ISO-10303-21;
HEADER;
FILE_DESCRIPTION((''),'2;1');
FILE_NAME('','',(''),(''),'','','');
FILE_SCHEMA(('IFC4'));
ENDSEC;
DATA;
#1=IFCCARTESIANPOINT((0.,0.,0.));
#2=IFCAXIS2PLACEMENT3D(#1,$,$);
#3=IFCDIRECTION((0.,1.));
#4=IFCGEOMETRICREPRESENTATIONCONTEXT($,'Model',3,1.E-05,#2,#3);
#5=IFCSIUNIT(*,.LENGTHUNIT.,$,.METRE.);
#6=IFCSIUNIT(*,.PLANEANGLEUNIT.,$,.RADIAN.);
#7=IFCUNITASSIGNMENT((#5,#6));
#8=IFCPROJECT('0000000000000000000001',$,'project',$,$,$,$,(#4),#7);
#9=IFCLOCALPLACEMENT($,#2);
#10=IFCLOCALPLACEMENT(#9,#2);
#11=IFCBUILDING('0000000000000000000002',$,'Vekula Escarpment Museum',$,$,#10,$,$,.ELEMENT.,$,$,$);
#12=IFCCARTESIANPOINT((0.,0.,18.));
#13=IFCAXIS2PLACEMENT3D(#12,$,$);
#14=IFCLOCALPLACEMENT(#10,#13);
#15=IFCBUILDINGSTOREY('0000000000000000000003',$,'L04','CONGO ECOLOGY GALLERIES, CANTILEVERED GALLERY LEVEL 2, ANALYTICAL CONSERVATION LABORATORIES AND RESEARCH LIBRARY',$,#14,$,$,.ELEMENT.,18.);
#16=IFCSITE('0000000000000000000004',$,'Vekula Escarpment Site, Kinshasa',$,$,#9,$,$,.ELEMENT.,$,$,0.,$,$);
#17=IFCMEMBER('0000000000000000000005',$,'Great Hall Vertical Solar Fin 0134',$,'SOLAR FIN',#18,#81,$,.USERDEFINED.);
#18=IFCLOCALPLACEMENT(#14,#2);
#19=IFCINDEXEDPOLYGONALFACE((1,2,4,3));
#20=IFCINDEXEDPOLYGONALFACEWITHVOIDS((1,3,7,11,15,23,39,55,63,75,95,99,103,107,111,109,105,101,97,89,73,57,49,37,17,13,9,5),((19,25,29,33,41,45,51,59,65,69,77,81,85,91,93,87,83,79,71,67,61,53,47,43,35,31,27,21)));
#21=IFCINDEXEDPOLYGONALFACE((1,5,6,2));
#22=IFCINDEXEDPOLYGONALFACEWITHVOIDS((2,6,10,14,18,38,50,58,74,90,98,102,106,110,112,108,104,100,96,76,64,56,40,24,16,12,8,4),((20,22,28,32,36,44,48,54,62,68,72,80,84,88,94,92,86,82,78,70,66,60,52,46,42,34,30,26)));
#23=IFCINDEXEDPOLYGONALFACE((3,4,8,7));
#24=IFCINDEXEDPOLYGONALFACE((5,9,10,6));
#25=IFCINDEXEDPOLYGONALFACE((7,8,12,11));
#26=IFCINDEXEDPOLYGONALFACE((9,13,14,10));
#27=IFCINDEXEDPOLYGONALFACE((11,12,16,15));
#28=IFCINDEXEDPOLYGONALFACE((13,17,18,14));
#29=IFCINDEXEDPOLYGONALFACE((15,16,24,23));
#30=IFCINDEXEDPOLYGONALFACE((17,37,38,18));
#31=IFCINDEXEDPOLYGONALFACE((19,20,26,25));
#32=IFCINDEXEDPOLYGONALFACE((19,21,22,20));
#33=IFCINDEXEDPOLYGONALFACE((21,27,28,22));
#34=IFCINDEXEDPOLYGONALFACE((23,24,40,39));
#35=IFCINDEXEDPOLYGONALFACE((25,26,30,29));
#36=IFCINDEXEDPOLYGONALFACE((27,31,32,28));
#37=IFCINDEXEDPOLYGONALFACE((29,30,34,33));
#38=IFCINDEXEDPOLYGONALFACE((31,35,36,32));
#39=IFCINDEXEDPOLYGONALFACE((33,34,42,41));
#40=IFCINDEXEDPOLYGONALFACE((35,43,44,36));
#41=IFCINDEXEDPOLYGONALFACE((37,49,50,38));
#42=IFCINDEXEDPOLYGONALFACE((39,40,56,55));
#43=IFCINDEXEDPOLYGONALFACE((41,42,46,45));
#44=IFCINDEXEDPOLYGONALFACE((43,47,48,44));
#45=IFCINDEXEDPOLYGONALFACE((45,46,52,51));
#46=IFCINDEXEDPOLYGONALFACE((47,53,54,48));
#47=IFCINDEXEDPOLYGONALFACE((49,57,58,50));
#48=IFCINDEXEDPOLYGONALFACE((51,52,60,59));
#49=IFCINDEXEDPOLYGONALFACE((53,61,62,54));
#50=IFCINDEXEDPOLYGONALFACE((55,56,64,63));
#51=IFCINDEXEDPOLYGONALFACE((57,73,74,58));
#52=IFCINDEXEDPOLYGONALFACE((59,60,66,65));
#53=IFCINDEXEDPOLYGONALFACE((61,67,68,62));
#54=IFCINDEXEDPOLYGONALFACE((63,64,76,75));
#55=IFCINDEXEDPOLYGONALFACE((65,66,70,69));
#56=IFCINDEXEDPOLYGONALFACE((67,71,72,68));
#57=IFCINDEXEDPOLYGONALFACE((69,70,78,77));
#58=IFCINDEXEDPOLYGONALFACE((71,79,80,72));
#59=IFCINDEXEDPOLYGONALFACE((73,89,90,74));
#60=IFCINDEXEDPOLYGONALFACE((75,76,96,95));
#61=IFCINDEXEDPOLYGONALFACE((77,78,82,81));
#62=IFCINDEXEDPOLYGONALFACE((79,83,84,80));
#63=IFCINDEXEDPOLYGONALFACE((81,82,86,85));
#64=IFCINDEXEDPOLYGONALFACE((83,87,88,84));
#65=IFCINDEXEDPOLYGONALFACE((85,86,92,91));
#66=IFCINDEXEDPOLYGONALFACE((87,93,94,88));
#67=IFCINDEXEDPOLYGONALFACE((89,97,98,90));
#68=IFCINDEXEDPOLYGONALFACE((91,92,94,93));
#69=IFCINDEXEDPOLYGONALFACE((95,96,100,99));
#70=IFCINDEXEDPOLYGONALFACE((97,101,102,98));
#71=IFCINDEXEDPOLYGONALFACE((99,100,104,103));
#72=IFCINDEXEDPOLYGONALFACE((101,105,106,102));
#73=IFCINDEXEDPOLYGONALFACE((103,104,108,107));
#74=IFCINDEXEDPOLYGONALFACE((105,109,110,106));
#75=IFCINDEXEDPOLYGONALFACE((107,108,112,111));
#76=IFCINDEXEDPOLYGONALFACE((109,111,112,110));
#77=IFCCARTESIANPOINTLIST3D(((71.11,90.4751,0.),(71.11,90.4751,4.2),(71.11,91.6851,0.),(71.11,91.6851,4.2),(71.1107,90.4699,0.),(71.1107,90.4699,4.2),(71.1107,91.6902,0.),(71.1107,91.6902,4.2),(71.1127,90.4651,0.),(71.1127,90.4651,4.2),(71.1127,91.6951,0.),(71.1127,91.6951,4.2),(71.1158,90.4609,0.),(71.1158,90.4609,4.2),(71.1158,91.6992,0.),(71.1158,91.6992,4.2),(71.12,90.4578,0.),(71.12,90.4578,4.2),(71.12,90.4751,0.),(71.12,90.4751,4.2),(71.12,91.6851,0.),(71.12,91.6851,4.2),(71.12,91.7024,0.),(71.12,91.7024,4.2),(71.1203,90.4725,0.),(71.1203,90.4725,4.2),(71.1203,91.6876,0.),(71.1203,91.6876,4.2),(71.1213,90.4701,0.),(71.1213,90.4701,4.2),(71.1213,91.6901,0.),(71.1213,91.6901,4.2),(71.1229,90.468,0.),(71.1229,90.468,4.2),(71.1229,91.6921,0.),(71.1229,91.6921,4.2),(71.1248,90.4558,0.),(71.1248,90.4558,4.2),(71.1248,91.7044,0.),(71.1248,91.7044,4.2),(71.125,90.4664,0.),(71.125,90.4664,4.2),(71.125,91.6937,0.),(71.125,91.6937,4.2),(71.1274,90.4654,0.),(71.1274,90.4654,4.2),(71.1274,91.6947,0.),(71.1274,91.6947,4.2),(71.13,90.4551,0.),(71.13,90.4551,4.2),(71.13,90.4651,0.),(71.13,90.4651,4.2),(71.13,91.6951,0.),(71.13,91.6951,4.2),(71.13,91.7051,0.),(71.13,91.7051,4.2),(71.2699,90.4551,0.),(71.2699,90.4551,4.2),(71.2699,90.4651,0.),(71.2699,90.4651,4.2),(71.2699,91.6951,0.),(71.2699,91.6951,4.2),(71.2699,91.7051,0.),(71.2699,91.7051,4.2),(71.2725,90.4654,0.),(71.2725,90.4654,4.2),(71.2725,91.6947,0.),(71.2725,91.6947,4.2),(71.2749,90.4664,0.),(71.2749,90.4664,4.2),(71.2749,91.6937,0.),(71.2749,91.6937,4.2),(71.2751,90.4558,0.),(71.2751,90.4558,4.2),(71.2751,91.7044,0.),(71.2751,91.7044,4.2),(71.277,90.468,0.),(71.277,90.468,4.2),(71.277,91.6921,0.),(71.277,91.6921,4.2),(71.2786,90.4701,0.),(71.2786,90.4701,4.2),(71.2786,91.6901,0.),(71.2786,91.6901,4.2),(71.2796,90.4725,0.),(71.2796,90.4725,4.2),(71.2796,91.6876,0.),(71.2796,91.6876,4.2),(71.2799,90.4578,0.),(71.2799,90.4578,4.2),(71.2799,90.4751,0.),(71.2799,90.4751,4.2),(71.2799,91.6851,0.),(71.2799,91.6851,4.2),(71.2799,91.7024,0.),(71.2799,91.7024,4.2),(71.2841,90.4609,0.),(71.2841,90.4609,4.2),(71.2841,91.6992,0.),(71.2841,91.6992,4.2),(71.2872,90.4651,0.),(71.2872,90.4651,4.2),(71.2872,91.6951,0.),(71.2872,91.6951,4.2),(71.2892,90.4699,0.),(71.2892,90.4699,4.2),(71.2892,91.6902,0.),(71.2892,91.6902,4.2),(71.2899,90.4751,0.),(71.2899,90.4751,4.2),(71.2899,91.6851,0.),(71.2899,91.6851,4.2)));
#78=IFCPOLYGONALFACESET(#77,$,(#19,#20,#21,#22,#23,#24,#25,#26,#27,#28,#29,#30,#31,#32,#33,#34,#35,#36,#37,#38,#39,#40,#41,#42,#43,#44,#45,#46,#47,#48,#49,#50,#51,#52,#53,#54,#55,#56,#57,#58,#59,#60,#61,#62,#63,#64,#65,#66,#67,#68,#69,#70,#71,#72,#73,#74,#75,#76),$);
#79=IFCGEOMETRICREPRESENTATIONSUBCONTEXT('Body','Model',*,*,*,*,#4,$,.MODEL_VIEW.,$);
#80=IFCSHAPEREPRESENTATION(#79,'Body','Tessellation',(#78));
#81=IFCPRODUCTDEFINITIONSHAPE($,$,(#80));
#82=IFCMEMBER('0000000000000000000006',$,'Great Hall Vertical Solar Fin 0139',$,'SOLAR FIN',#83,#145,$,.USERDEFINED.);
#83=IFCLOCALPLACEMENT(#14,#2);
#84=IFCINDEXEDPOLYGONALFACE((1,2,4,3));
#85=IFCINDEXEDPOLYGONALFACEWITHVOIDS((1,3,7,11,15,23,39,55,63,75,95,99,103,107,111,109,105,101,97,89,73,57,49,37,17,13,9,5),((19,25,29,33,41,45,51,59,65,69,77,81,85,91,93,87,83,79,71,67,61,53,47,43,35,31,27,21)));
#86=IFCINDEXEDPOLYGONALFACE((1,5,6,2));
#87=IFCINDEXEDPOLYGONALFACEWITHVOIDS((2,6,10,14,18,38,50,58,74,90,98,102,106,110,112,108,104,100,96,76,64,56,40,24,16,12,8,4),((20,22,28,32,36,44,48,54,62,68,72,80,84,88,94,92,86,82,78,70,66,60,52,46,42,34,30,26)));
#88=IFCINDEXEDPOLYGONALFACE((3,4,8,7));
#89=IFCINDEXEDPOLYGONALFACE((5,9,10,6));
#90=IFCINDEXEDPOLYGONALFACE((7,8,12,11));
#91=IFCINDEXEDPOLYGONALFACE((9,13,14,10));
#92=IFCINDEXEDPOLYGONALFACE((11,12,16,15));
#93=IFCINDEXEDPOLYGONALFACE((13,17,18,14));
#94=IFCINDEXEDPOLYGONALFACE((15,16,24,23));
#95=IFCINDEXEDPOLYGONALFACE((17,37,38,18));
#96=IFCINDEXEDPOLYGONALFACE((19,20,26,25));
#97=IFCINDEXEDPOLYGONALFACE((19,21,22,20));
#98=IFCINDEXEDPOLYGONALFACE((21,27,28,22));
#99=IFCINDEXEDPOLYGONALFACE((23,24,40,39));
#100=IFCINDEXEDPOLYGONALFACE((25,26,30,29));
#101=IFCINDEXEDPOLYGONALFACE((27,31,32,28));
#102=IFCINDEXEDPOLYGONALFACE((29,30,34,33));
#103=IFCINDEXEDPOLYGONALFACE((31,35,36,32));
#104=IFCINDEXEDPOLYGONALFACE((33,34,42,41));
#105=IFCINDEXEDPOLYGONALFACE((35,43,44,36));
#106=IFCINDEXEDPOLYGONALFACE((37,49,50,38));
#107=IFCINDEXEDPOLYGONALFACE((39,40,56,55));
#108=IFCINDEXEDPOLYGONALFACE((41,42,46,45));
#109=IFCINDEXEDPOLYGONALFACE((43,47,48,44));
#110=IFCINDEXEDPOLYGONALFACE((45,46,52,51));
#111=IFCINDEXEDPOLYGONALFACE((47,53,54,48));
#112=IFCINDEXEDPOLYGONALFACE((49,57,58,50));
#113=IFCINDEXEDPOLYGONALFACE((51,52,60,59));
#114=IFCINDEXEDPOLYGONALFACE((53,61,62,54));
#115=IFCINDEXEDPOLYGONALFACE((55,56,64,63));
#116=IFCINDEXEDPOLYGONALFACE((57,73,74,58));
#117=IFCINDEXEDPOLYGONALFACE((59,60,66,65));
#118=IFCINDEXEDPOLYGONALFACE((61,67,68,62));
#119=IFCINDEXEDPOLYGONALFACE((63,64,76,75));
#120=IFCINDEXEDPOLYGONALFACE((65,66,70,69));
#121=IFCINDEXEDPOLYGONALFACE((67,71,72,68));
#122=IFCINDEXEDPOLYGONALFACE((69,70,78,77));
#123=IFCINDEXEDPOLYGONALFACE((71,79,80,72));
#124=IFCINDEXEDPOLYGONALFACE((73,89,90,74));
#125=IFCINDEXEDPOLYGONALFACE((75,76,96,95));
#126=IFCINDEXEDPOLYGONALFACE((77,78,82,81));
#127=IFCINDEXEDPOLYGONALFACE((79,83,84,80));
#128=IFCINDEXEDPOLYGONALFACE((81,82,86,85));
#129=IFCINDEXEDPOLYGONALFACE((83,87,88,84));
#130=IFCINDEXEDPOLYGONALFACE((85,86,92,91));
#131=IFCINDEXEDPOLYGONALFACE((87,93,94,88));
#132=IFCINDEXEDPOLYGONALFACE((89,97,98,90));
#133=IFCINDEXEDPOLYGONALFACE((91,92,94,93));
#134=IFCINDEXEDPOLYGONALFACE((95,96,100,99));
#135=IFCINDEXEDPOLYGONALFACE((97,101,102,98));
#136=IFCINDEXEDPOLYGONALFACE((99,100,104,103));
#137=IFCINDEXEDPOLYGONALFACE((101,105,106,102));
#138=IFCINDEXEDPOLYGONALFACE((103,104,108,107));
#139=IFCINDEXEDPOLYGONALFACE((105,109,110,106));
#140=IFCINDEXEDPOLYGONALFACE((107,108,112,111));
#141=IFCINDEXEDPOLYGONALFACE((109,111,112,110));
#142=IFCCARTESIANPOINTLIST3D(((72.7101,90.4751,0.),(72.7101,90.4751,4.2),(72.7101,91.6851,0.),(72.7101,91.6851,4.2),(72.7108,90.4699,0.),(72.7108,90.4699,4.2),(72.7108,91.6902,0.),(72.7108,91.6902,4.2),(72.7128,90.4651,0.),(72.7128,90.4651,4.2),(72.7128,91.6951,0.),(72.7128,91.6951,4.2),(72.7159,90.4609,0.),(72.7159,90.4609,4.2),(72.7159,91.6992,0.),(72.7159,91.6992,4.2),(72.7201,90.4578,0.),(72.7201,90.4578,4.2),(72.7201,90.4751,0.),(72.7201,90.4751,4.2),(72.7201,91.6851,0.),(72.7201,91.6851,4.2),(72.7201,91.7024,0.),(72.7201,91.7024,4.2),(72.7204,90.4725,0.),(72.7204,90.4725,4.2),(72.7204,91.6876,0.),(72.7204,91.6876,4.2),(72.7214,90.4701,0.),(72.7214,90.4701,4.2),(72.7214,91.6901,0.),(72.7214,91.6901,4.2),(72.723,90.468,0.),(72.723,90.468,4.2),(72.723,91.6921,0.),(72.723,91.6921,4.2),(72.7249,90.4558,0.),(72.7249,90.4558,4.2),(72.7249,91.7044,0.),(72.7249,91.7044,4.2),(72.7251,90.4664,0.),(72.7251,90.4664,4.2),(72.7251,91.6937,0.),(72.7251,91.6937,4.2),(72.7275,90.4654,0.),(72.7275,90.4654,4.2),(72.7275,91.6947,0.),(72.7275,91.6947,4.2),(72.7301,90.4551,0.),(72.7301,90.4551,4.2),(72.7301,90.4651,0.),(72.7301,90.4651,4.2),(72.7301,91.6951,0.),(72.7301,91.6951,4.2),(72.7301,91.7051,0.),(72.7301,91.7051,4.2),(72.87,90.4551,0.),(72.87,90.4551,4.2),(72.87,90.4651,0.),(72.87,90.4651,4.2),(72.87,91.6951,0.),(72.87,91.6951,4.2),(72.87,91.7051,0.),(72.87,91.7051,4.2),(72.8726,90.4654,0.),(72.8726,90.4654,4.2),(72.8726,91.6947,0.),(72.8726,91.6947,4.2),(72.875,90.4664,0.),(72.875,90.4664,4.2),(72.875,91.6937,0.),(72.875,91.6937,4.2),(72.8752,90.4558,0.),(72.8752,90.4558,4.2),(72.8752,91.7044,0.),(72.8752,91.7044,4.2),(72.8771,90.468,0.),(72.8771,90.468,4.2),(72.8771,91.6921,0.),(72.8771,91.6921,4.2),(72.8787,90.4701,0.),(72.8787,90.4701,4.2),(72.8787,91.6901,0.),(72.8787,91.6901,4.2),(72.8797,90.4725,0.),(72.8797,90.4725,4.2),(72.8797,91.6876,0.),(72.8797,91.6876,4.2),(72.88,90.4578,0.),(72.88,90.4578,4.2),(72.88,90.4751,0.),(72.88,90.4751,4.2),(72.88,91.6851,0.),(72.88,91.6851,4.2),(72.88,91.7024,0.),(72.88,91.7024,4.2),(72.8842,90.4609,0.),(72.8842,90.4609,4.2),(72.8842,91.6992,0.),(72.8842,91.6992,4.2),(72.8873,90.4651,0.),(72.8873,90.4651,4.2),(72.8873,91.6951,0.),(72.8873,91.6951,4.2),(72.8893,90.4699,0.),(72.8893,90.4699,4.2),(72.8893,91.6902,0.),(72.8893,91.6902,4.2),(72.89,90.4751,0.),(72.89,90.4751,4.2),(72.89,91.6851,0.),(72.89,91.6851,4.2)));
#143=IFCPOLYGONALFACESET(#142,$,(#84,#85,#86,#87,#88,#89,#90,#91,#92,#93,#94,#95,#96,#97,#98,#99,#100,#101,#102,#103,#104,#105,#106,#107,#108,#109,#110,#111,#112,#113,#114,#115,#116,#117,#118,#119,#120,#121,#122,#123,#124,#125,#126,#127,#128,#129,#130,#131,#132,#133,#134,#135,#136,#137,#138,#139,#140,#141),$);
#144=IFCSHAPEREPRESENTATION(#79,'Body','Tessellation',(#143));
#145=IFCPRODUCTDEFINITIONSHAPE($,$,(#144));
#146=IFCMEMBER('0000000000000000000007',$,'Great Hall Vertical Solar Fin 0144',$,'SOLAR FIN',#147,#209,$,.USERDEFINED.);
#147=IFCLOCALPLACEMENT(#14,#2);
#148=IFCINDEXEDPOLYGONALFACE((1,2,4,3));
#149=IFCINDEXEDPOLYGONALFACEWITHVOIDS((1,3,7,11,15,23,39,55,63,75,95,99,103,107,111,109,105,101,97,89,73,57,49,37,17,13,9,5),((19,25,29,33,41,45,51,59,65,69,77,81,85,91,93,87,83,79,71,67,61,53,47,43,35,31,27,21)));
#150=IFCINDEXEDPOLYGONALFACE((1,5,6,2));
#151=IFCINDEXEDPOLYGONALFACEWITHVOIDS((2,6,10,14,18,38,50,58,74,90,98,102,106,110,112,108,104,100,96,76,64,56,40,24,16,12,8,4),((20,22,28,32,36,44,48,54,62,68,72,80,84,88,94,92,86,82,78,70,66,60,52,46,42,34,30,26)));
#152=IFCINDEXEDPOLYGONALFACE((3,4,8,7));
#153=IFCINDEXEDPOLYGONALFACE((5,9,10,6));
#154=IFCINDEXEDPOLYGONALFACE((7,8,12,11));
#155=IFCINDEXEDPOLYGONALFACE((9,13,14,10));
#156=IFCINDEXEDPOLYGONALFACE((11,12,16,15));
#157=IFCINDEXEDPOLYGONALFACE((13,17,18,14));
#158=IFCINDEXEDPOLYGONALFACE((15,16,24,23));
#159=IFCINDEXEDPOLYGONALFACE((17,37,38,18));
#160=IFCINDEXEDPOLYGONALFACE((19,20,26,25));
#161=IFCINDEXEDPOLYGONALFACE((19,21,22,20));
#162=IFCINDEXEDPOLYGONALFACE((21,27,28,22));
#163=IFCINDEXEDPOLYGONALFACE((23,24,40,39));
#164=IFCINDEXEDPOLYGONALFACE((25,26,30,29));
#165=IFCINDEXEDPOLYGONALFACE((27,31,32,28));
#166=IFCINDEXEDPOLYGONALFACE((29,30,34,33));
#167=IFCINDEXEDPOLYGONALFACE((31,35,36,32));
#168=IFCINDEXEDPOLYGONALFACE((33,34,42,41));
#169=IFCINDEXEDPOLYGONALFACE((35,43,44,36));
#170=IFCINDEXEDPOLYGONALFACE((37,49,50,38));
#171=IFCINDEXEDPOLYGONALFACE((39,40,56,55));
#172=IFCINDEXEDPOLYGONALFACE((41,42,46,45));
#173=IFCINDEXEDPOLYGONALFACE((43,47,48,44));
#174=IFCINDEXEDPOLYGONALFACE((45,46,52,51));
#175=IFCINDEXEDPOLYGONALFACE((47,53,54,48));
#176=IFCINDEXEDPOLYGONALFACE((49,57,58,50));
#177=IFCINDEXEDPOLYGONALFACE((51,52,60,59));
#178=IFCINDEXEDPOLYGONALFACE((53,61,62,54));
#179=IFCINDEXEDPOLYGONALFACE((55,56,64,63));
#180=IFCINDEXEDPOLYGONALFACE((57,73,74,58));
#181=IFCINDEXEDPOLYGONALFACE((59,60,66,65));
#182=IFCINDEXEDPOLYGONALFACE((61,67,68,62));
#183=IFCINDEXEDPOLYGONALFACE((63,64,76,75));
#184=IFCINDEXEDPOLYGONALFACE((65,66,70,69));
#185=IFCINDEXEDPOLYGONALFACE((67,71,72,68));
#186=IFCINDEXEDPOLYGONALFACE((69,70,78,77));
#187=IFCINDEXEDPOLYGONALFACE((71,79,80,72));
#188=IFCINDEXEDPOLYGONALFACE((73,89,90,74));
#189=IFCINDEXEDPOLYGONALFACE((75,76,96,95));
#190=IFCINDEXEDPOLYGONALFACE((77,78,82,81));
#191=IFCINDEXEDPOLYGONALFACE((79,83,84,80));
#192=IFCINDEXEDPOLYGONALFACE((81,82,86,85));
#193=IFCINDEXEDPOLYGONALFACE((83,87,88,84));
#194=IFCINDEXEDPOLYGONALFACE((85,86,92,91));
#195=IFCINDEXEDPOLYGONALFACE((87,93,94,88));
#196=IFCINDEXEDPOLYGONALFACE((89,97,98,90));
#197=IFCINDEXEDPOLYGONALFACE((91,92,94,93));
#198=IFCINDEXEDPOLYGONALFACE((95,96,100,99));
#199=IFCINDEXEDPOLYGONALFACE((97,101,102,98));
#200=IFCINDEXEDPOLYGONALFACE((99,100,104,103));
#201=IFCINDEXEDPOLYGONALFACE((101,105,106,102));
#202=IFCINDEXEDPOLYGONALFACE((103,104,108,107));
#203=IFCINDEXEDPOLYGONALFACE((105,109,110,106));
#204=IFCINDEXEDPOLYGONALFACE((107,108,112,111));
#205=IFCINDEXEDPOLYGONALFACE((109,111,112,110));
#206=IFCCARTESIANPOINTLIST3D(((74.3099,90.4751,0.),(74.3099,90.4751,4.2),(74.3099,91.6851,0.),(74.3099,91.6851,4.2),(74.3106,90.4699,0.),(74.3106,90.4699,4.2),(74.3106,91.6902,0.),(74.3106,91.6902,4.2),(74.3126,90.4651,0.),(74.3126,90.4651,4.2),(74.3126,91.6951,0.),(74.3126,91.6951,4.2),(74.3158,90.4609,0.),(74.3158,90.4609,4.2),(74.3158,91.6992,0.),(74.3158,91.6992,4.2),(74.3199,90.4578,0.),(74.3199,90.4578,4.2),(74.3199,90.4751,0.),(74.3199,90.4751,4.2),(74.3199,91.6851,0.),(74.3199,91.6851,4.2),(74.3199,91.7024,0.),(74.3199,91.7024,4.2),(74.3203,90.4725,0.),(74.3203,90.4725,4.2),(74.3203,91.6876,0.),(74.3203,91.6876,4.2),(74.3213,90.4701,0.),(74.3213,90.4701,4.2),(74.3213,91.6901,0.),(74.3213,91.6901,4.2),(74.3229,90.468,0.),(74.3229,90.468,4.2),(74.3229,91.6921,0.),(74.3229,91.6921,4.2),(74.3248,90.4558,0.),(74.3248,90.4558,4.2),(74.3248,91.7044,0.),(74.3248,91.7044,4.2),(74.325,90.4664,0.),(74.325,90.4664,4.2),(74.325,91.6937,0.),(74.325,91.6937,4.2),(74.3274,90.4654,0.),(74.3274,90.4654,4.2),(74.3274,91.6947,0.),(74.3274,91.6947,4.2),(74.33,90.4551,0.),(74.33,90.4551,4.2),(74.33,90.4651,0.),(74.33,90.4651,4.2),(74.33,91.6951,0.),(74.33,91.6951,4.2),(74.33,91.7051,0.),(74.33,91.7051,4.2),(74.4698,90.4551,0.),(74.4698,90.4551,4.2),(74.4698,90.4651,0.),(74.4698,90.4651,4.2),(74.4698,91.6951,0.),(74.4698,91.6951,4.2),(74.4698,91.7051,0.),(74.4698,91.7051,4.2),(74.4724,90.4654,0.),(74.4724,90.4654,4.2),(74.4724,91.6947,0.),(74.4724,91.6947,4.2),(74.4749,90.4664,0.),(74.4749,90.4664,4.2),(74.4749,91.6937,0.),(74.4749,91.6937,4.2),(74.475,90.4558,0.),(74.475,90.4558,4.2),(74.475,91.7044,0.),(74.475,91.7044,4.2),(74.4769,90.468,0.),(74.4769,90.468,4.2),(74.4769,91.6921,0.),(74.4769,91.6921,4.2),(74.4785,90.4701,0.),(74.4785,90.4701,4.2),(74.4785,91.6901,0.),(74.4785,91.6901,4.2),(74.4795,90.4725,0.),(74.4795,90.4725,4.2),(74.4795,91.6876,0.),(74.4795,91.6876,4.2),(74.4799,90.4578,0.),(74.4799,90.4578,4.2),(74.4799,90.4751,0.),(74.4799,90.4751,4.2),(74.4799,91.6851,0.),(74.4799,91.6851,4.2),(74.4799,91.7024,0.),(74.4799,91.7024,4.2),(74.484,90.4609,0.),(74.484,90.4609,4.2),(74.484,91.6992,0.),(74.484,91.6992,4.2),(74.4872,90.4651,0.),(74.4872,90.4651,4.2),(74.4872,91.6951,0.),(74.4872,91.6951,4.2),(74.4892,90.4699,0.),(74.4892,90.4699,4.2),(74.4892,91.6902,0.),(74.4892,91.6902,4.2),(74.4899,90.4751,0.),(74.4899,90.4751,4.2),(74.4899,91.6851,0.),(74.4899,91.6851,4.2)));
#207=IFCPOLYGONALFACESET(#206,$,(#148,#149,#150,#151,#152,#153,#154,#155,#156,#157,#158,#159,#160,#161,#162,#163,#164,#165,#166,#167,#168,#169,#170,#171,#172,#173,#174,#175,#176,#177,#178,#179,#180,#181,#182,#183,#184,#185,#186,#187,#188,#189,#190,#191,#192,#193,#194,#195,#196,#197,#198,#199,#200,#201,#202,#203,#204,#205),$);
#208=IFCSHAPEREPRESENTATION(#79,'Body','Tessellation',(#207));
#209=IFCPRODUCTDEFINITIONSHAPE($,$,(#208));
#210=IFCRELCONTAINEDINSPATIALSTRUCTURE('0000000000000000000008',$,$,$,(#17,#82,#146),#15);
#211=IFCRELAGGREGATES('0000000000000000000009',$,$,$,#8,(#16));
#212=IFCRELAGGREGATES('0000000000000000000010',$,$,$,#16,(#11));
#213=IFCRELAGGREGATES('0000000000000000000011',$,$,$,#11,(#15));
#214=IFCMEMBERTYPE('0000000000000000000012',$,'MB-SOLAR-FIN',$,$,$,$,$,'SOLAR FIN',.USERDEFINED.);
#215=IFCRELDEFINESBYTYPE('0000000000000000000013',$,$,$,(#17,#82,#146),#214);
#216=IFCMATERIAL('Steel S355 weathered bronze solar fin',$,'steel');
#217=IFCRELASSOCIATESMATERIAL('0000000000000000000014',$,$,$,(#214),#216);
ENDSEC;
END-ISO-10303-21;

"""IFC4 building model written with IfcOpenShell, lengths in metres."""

from ifc_helpers import new_model, si_unit, direction, frame, origin, origin_2d, place, context, subcontext, project, spatial, hollow_rectangle, extrude, material, material_profile, profile_set, type_object, element, save


model = new_model("IFC4")

# Units and contexts
model_context = context("Model", 3, precision=1e-05, world=origin(), true_north=direction((0.0, 1.0)))
body_context = subcontext(model_context, "Body", "Model", "MODEL_VIEW")
ifc_project = project(units=[si_unit("LENGTHUNIT", "METRE"), si_unit("PLANEANGLEUNIT", "RADIAN")], contexts=[model_context])

# Site, building, storey
site_placement = place(None, origin())
site = spatial("IfcSite", under=ifc_project, at=site_placement, Name="Vekula Escarpment Site, Kinshasa", CompositionType="ELEMENT", RefElevation=0.0)
building_placement = place(site_placement, origin())
building = spatial("IfcBuilding", under=site, at=building_placement, Name="Vekula Escarpment Museum", CompositionType="ELEMENT")
storey_placement = place(building_placement, frame((0.0, 0.0, 18.0)))
storey = spatial("IfcBuildingStorey", under=building, at=storey_placement, Name="L04", Description="CONGO ECOLOGY GALLERIES, CANTILEVERED GALLERY LEVEL 2, ANALYTICAL CONSERVATION LABORATORIES AND RESEARCH LIBRARY", CompositionType="ELEMENT", Elevation=18.0)

# Members
ifc_material_1 = material(Name="Steel S355 weathered bronze solar fin", Category="steel")
ifc_material_profile_1 = material_profile(ifc_material_1, hollow_rectangle(XDim=0.1799, YDim=1.25, WallThickness=0.01, InnerFilletRadius=0.01, OuterFilletRadius=0.02, at=origin_2d()), Name="RHS 1250x180x10")
ifc_profile_set_1 = profile_set([ifc_material_profile_1], Name="Steel S355 weathered bronze solar fin")
member_type_1 = type_object("IfcMemberType", Name="MB-SOLAR-FIN", ElementType="SOLAR FIN", PredefinedType="USERDEFINED", material=ifc_profile_set_1)
for number, where, z_axis, x_axis, name in (
    (1, (71.2, 91.0801, 0.0), (0.0, 0.0, 1.0), (1.0, 0.0, 0.0), "Great Hall Vertical Solar Fin 0134"),
    (2, (72.8, 91.0801, 0.0), (0.0, 0.0, 1.0), (1.0, 0.0, 0.0), "Great Hall Vertical Solar Fin 0139"),
    (3, (74.3999, 91.0801, 0.0), (0.0, 0.0, 1.0), (1.0, 0.0, 0.0), "Great Hall Vertical Solar Fin 0144"),
):
    element("IfcMember", number, at=place(storey_placement, frame(where, z_axis=z_axis, x_axis=x_axis)), inside=storey, type_object=member_type_1, Name=name, ObjectType="SOLAR FIN", PredefinedType="USERDEFINED", context=body_context, shape_type="SweptSolid", body=[
        extrude(hollow_rectangle(XDim=0.1799, YDim=1.25, WallThickness=0.01, InnerFilletRadius=0.01, OuterFilletRadius=0.02, at=origin_2d()), origin(), (0.0, 0.0, 1.0), 4.2),
    ])

save(model, "model.ifc")
